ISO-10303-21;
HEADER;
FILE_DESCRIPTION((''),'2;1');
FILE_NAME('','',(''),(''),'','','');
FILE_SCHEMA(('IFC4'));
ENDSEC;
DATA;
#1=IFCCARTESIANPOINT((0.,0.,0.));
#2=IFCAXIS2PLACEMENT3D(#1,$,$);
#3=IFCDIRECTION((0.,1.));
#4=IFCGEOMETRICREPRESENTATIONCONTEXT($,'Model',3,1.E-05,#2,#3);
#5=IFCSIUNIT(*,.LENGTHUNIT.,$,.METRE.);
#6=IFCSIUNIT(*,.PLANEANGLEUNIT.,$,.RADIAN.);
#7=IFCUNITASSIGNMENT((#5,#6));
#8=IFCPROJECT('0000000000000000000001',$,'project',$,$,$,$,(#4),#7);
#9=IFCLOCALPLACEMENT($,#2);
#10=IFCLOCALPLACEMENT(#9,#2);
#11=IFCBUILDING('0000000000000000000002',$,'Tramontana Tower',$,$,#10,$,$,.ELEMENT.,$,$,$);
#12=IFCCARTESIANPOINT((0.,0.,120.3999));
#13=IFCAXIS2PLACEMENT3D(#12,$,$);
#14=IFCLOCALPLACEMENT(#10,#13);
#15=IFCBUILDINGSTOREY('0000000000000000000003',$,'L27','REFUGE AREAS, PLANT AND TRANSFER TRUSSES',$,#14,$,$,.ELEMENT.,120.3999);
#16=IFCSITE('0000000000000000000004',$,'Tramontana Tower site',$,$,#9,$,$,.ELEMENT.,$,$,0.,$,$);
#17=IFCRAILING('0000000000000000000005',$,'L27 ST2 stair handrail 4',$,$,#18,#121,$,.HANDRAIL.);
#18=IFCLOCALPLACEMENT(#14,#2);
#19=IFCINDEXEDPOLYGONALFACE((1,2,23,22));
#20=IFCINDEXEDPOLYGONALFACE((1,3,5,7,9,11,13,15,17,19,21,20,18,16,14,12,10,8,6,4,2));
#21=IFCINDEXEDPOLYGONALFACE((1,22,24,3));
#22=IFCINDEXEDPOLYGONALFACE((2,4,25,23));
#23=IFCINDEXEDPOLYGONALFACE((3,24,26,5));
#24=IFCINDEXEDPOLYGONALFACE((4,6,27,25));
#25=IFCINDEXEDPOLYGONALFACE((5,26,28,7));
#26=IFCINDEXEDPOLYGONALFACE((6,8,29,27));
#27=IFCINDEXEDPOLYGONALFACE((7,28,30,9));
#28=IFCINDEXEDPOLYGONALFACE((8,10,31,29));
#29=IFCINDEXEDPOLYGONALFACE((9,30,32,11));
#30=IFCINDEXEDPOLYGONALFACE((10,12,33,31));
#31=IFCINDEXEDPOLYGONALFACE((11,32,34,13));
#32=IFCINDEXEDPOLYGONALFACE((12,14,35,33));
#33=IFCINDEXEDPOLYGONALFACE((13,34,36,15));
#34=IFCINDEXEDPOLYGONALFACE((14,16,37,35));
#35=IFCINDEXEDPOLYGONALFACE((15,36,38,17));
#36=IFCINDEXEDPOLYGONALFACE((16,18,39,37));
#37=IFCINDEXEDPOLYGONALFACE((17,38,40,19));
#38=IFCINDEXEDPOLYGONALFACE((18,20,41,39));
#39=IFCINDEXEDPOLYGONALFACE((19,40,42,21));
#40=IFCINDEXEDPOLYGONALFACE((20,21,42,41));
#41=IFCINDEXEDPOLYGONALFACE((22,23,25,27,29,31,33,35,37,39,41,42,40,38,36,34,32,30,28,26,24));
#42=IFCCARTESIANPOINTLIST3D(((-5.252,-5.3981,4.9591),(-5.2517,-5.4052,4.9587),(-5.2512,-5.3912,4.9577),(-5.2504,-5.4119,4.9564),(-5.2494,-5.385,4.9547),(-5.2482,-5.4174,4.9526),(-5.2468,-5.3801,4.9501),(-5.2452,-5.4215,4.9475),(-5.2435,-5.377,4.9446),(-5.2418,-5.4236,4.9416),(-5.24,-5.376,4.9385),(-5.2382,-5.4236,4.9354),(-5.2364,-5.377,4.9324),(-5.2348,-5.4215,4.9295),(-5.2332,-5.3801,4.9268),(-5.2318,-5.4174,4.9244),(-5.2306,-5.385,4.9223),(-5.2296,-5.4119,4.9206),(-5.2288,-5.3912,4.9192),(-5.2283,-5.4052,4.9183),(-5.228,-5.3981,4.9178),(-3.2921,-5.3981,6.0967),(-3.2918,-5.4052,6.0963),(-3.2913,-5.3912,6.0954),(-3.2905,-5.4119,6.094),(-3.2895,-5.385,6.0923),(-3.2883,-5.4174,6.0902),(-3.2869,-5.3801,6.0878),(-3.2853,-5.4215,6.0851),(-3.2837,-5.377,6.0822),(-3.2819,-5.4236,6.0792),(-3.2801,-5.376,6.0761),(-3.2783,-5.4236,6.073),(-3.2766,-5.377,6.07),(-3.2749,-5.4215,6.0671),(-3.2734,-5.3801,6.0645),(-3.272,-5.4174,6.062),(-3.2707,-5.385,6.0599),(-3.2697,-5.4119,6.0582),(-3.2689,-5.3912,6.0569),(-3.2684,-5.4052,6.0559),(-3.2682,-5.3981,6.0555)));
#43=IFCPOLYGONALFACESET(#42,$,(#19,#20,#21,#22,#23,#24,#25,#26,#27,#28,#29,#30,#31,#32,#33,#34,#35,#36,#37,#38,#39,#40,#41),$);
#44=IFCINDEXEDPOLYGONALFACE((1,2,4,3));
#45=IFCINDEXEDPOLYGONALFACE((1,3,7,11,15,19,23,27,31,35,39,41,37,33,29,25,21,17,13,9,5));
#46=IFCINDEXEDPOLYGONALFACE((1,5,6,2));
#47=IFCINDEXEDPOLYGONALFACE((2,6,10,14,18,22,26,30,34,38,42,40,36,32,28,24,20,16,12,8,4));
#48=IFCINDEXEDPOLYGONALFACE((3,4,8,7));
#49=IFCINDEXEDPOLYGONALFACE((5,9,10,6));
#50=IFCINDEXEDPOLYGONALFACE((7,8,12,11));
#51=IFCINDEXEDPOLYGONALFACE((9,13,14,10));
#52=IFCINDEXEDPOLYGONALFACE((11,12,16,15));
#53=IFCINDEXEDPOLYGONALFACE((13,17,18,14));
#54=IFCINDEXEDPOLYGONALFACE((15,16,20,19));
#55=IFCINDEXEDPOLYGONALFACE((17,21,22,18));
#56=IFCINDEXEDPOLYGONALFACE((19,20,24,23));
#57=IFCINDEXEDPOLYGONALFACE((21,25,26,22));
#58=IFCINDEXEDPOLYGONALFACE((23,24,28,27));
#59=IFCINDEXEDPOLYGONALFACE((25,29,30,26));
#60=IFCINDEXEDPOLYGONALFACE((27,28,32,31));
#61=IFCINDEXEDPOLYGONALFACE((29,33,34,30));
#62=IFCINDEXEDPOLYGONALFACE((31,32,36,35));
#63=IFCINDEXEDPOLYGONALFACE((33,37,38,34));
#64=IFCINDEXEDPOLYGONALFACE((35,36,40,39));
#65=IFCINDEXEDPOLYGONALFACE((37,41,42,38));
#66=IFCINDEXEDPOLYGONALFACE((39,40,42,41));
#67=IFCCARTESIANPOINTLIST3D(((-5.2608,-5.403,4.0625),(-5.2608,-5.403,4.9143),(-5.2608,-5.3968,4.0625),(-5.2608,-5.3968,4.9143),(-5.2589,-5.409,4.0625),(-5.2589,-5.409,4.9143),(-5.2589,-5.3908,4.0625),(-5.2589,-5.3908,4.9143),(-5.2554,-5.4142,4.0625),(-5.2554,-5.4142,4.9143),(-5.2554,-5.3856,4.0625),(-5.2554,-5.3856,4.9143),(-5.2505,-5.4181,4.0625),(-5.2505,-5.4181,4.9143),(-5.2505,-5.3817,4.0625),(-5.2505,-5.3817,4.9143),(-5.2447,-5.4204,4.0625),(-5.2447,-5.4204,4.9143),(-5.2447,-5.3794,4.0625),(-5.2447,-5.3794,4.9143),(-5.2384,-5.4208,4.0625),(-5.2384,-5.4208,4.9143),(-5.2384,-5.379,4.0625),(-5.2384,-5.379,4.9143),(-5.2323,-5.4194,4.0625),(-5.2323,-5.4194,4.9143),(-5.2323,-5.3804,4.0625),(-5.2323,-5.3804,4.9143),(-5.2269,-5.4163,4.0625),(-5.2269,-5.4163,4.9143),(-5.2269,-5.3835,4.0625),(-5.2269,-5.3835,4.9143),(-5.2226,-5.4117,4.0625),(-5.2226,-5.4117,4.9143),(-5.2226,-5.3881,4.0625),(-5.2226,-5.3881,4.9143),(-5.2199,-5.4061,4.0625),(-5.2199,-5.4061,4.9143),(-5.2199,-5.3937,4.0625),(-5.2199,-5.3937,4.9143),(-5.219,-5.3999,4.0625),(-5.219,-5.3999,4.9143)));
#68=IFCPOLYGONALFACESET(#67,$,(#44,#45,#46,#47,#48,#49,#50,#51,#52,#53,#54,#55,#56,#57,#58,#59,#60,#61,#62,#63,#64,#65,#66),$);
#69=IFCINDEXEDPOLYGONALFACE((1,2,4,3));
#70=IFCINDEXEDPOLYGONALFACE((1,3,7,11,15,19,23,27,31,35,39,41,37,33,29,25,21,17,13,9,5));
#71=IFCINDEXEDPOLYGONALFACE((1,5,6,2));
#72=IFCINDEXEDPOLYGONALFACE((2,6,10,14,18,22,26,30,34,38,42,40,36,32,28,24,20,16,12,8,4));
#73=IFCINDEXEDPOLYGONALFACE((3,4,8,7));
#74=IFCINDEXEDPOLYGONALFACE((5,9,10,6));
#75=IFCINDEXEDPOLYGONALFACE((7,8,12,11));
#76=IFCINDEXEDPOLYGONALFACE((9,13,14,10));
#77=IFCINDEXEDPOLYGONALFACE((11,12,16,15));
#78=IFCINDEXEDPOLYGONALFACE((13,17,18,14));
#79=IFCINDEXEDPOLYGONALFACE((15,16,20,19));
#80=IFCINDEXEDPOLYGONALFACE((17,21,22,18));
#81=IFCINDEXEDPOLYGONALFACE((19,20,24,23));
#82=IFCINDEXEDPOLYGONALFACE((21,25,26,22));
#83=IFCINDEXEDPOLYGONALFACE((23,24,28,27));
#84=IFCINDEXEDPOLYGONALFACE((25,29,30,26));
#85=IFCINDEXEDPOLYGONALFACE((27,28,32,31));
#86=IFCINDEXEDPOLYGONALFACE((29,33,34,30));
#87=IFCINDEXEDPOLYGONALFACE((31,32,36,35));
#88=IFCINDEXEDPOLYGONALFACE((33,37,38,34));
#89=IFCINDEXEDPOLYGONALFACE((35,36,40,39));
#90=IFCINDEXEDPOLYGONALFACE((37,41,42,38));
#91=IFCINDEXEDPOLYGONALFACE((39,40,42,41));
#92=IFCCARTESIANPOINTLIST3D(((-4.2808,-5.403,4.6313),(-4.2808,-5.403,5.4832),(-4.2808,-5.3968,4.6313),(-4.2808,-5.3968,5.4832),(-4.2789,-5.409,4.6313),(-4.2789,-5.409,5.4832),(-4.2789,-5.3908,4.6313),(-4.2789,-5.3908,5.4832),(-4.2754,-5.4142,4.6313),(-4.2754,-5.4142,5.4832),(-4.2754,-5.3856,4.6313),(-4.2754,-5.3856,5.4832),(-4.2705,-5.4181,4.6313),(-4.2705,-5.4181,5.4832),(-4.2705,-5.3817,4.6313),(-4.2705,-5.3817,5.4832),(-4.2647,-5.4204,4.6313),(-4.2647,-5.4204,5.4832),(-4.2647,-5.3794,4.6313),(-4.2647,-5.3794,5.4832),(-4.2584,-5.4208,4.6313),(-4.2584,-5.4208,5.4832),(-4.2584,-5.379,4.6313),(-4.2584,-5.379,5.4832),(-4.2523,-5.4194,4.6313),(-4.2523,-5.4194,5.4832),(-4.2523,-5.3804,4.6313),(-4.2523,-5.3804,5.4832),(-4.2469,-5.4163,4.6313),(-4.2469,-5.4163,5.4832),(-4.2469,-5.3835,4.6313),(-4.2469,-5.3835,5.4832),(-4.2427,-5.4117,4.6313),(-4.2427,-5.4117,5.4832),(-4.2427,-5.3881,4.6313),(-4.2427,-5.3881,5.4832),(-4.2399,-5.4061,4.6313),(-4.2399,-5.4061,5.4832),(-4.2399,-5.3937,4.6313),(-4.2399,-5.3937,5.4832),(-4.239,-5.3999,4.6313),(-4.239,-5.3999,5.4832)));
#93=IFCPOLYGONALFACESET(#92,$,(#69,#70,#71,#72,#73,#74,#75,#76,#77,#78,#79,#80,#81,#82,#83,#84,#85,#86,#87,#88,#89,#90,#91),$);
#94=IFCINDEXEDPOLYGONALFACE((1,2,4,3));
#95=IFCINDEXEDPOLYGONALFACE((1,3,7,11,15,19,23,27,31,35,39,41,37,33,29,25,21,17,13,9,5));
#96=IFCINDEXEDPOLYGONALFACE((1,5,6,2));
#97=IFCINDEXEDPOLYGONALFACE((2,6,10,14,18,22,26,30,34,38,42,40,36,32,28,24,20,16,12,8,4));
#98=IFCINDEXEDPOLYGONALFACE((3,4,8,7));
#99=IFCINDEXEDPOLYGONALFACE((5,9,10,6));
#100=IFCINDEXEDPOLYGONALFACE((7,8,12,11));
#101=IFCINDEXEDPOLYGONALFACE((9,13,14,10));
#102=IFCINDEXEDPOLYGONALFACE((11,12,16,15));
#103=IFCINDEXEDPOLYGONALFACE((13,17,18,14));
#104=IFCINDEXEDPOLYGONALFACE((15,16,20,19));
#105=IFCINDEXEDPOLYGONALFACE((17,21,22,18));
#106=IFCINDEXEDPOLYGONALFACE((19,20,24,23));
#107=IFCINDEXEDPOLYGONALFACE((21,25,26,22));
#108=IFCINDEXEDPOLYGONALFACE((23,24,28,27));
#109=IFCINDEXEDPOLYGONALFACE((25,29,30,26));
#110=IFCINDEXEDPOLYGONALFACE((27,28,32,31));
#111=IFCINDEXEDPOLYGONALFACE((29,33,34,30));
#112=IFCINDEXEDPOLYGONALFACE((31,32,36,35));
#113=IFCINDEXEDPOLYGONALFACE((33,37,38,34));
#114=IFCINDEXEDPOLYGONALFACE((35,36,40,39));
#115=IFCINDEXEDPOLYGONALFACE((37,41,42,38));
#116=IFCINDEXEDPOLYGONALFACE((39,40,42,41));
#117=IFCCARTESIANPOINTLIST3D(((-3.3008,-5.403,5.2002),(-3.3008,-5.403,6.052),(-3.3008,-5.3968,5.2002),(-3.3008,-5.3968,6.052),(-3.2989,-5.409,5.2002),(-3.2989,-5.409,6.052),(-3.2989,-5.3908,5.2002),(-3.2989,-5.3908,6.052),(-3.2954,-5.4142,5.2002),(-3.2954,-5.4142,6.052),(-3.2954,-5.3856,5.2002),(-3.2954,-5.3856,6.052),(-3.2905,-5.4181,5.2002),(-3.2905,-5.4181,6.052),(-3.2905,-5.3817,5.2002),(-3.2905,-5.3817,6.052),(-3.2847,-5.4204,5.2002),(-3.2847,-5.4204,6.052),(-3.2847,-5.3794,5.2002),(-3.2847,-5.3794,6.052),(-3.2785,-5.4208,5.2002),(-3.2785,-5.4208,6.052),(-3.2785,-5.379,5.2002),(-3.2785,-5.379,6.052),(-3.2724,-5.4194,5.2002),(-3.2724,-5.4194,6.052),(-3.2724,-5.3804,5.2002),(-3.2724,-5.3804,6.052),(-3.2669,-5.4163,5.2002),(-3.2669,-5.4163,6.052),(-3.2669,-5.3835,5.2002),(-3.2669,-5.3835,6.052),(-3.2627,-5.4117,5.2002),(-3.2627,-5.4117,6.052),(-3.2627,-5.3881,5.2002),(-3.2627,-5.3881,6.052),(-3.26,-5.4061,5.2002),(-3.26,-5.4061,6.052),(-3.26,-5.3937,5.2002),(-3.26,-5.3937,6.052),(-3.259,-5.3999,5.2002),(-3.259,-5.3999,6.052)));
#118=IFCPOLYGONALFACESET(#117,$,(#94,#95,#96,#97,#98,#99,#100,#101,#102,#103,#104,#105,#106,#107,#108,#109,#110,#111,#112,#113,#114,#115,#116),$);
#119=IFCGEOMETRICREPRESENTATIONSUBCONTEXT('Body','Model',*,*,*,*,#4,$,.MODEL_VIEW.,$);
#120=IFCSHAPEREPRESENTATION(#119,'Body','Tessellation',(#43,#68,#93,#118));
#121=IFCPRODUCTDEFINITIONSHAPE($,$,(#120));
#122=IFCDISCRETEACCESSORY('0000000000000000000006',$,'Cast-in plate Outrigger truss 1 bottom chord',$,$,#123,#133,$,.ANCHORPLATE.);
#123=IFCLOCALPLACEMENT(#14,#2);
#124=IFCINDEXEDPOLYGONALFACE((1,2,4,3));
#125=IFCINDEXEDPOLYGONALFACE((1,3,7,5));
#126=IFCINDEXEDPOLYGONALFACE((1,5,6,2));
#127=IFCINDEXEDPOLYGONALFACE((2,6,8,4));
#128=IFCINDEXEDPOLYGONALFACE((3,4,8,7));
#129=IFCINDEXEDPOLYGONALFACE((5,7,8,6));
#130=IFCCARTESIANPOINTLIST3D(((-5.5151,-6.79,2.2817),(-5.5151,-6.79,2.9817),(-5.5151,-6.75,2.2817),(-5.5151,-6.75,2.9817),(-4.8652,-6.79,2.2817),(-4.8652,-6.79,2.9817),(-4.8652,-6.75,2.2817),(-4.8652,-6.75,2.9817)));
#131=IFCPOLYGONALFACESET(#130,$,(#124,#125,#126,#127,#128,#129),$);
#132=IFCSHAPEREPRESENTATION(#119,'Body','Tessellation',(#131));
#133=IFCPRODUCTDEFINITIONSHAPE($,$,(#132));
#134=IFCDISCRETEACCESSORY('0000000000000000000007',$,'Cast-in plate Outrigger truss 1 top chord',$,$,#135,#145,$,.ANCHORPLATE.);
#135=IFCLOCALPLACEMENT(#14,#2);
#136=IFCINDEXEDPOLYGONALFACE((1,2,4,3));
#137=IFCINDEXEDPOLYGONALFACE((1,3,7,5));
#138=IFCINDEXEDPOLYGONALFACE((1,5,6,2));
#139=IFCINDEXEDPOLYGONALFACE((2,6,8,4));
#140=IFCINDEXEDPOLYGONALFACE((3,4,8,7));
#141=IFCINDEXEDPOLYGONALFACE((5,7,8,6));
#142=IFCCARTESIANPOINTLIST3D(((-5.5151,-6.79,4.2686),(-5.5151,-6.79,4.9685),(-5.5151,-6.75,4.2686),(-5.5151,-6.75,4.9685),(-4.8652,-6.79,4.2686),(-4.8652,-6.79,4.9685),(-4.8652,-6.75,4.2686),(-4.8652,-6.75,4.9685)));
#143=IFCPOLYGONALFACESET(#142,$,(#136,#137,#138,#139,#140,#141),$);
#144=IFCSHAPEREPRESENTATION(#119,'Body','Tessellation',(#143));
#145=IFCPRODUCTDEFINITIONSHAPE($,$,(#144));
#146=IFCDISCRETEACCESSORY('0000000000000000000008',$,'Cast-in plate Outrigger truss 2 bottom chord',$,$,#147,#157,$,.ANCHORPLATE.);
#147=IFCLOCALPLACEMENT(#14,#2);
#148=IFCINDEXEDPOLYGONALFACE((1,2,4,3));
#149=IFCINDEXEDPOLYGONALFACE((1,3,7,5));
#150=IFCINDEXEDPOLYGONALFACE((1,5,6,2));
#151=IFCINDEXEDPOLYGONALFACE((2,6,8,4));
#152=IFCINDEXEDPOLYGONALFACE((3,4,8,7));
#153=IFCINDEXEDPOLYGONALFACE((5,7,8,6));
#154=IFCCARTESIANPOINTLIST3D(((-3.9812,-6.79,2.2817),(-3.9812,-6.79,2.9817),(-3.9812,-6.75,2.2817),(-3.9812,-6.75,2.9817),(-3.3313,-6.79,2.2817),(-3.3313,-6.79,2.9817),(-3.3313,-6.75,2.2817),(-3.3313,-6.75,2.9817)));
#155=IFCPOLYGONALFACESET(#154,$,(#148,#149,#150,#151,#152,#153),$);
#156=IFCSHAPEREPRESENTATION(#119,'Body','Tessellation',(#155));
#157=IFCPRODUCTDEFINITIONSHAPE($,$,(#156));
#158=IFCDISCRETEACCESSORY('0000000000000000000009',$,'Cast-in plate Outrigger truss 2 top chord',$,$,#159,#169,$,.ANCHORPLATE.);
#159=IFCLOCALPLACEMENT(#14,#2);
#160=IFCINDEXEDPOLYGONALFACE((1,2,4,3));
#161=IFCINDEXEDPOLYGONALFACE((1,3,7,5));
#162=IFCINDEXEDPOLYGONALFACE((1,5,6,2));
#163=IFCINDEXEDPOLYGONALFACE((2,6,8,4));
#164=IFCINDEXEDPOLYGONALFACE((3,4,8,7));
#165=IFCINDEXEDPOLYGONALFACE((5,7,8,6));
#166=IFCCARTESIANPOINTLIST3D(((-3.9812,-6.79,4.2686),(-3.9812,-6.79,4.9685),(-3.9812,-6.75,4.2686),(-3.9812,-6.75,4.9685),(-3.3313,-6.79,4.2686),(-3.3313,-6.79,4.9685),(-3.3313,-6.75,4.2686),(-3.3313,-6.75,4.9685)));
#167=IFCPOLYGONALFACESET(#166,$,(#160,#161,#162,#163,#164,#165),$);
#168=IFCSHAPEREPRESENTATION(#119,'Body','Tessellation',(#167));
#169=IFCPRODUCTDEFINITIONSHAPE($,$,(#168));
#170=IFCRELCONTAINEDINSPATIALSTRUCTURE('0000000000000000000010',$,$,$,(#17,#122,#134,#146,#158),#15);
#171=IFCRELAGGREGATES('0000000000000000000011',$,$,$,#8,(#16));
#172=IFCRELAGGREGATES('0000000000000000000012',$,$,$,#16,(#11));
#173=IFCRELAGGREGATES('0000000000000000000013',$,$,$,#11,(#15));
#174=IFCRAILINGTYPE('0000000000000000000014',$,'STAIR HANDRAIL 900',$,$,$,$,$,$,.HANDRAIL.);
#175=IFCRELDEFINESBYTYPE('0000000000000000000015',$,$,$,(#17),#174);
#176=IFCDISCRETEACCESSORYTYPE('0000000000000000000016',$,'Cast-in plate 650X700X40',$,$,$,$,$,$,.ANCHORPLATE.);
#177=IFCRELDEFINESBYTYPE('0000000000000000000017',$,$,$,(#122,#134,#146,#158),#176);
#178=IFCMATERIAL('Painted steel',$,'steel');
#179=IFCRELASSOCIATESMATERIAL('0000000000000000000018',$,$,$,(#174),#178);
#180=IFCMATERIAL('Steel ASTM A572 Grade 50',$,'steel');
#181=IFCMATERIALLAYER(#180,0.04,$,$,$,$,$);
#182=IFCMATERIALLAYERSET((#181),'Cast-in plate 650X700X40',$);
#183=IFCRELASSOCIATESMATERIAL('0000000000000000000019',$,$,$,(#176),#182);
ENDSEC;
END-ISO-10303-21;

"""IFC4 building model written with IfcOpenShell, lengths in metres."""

from ifc_helpers import new_model, si_unit, direction, frame, origin, origin_2d, place, context, subcontext, project, spatial, rectangle, circle, extrude, material, layer, layer_set, type_object, element, save


model = new_model("IFC4")

# Units and contexts
model_context = context("Model", 3, precision=1e-05, world=origin(), true_north=direction((0.0, 1.0)))
body_context = subcontext(model_context, "Body", "Model", "MODEL_VIEW")
ifc_project = project(units=[si_unit("LENGTHUNIT", "METRE"), si_unit("PLANEANGLEUNIT", "RADIAN")], contexts=[model_context])

# Site, building, storey
site_placement = place(None, origin())
site = spatial("IfcSite", under=ifc_project, at=site_placement, Name="Tramontana Tower site", CompositionType="ELEMENT", RefElevation=0.0)
building_placement = place(site_placement, origin())
building = spatial("IfcBuilding", under=site, at=building_placement, Name="Tramontana Tower", CompositionType="ELEMENT")
storey_placement = place(building_placement, frame((0.0, 0.0, 120.3999)))
storey = spatial("IfcBuildingStorey", under=building, at=storey_placement, Name="L27", Description="REFUGE AREAS, PLANT AND TRANSFER TRUSSES", CompositionType="ELEMENT", Elevation=120.3999)

# Railing
ifc_material_1 = material(Name="Painted steel", Category="steel")
railing_type_1 = type_object("IfcRailingType", Name="STAIR HANDRAIL 900", PredefinedType="HANDRAIL", material=ifc_material_1)
railing_1_placement = place(storey_placement, frame((-5.24, -5.3999, 4.0625)))
element("IfcRailing", 1, at=railing_1_placement, inside=storey, type_object=railing_type_1, Name="L27 ST2 stair handrail 4", PredefinedType="HANDRAIL", context=body_context, shape_type="SweptSolid", body=[
    extrude(circle(Radius=0.0239, at=origin_2d()), frame((0.0, 0.0, 0.876), z_axis=(0.864855, 0.0, 0.502021), x_axis=(0.0, 1.0, 0.0)), (0.0, 0.0, 1.0), 2.2661),
    extrude(circle(Radius=0.021, at=origin_2d()), origin(), (0.0, 0.0, 1.0), 0.8518),
    extrude(circle(Radius=0.021, at=origin_2d()), frame((0.98, 0.0, 0.5688)), (0.0, 0.0, 1.0), 0.8518),
    extrude(circle(Radius=0.021, at=origin_2d()), frame((1.96, 0.0, 1.1377)), (0.0, 0.0, 1.0), 0.8518),
])

# Discrete accessories
ifc_material_2 = material(Name="Steel ASTM A572 Grade 50", Category="steel")
ifc_layer_1 = layer(ifc_material_2, 0.04)
ifc_layer_set_1 = layer_set([ifc_layer_1], Name="Cast-in plate 650X700X40")
discrete_accessory_type = type_object("IfcDiscreteAccessoryType", Name="Cast-in plate 650X700X40", PredefinedType="ANCHORPLATE", material=ifc_layer_set_1)
for number, where, z_axis, x_axis, name in (
    (2, (-5.1902, -6.77, 2.2817), (0.0, 0.0, 1.0), (1.0, 0.0, 0.0), "Cast-in plate Outrigger truss 1 bottom chord"),
    (3, (-5.1902, -6.77, 4.2686), (0.0, 0.0, 1.0), (1.0, 0.0, 0.0), "Cast-in plate Outrigger truss 1 top chord"),
    (4, (-3.6562, -6.77, 2.2817), (0.0, 0.0, 1.0), (1.0, 0.0, 0.0), "Cast-in plate Outrigger truss 2 bottom chord"),
    (5, (-3.6562, -6.77, 4.2686), (0.0, 0.0, 1.0), (1.0, 0.0, 0.0), "Cast-in plate Outrigger truss 2 top chord"),
):
    element("IfcDiscreteAccessory", number, at=place(storey_placement, frame(where, z_axis=z_axis, x_axis=x_axis)), inside=storey, type_object=discrete_accessory_type, Name=name, PredefinedType="ANCHORPLATE", context=body_context, shape_type="SweptSolid", body=[
        extrude(rectangle(XDim=0.6499, YDim=0.04, at=origin_2d()), origin(), (0.0, 0.0, 1.0), 0.7),
    ])

save(model, "model.ifc")
